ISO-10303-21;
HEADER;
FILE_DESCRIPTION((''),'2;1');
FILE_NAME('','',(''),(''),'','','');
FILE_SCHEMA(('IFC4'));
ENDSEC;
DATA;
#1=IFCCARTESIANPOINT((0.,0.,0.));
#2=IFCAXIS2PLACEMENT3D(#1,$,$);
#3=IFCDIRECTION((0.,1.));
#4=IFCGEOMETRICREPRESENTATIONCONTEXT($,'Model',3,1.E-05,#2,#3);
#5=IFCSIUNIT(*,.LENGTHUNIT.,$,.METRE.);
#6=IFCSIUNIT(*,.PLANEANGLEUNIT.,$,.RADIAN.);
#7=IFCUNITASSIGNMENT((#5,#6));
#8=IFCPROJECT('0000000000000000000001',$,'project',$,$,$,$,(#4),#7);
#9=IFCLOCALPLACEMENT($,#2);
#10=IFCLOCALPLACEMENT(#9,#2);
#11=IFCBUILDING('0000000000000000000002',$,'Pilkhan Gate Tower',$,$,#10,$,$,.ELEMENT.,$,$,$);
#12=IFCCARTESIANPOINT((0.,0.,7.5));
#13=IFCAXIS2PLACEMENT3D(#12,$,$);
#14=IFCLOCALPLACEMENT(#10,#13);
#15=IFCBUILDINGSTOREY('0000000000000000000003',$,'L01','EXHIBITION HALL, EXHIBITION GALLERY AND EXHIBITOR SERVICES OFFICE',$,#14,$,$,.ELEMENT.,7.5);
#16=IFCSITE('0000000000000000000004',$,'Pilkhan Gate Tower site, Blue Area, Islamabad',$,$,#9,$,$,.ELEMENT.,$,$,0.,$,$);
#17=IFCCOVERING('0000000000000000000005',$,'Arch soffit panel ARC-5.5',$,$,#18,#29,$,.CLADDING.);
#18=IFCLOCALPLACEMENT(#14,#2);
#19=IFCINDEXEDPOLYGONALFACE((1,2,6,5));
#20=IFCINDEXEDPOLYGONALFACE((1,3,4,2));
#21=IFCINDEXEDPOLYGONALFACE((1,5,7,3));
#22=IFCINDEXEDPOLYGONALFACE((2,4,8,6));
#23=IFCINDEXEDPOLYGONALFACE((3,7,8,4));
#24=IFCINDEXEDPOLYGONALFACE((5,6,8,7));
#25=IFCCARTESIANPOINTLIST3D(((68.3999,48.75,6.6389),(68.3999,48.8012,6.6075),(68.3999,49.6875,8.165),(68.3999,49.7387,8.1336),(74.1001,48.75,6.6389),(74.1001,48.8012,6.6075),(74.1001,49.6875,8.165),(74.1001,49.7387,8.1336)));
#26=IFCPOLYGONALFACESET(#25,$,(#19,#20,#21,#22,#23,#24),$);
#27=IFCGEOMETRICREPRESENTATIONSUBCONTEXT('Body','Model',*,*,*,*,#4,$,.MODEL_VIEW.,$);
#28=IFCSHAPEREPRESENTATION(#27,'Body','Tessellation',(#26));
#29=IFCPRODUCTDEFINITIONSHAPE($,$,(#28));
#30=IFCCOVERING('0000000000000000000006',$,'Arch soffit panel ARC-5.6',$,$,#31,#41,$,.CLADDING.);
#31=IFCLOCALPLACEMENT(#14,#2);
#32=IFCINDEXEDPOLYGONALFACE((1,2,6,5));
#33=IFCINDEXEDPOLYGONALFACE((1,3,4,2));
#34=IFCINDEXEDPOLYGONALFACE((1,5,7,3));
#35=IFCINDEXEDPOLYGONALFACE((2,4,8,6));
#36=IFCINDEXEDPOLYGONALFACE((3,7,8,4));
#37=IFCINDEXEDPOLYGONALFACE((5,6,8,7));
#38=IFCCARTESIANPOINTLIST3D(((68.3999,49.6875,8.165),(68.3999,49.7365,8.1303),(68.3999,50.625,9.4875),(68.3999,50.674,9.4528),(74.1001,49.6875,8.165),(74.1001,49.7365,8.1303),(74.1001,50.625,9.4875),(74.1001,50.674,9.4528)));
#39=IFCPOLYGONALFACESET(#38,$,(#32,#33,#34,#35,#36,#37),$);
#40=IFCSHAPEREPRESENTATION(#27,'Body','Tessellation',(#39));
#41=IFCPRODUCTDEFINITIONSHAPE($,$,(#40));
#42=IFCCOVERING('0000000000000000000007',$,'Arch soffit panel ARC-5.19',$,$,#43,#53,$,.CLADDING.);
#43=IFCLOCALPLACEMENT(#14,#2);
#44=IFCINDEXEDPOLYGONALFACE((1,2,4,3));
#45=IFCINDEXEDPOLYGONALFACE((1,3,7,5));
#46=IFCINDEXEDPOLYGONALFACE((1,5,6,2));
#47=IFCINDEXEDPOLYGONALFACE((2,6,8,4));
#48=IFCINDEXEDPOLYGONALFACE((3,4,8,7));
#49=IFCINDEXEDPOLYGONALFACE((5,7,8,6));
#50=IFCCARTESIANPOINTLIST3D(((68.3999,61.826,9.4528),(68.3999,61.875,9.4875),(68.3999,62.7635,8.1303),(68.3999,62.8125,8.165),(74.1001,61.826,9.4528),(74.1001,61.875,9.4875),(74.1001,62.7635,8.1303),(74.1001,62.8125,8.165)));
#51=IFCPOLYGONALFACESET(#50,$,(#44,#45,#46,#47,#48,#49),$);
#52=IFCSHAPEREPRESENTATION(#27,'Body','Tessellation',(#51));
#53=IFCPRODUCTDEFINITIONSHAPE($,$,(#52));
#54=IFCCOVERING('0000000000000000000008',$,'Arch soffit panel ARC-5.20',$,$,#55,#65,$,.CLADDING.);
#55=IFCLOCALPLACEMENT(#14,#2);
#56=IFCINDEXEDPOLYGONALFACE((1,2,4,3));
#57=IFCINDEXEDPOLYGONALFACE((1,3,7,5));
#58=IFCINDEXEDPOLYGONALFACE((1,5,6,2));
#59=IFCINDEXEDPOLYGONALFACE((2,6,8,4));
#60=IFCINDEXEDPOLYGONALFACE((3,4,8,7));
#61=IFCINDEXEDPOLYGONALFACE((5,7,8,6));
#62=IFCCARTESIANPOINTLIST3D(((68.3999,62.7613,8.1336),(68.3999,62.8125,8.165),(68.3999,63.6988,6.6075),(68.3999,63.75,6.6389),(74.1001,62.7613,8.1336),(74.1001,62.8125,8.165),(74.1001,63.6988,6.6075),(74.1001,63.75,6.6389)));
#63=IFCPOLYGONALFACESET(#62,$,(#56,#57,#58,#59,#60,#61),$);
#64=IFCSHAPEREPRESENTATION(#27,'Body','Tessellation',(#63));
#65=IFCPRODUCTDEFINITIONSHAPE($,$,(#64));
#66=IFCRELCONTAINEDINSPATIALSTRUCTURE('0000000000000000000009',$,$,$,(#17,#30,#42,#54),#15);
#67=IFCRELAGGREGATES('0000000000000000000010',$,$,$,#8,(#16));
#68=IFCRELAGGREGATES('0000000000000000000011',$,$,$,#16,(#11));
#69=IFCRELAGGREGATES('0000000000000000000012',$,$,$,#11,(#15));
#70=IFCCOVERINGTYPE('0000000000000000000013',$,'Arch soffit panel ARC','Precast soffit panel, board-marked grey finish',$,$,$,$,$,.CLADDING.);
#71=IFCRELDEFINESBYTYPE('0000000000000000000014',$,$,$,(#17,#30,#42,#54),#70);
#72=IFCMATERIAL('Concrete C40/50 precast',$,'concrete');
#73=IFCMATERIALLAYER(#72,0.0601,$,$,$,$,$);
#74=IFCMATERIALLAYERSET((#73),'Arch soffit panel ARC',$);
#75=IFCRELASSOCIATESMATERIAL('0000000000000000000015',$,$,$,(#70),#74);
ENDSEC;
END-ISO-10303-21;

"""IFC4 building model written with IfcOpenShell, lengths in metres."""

from ifc_helpers import new_model, si_unit, direction, frame, origin, place, context, subcontext, project, spatial, polyline, outline, extrude, material, layer, layer_set, type_object, element, save


model = new_model("IFC4")

# Units and contexts
model_context = context("Model", 3, precision=1e-05, world=origin(), true_north=direction((0.0, 1.0)))
body_context = subcontext(model_context, "Body", "Model", "MODEL_VIEW")
ifc_project = project(units=[si_unit("LENGTHUNIT", "METRE"), si_unit("PLANEANGLEUNIT", "RADIAN")], contexts=[model_context])

# Site, building, storey
site_placement = place(None, origin())
site = spatial("IfcSite", under=ifc_project, at=site_placement, Name="Pilkhan Gate Tower site, Blue Area, Islamabad", CompositionType="ELEMENT", RefElevation=0.0)
building_placement = place(site_placement, origin())
building = spatial("IfcBuilding", under=site, at=building_placement, Name="Pilkhan Gate Tower", CompositionType="ELEMENT")
storey_placement = place(building_placement, frame((0.0, 0.0, 7.5)))
storey = spatial("IfcBuildingStorey", under=building, at=storey_placement, Name="L01", Description="EXHIBITION HALL, EXHIBITION GALLERY AND EXHIBITOR SERVICES OFFICE", CompositionType="ELEMENT", Elevation=7.5)

# Coverings
ifc_material_1 = material(Name="Concrete C40/50 precast", Category="concrete")
ifc_layer_1 = layer(ifc_material_1, 0.0601)
ifc_layer_set_1 = layer_set([ifc_layer_1], Name="Arch soffit panel ARC")
covering_type = type_object("IfcCoveringType", Name="Arch soffit panel ARC", Description="Precast soffit panel, board-marked grey finish", PredefinedType="CLADDING", material=ifc_layer_set_1)
covering_1_placement = place(storey_placement, frame((68.3999, 48.75, 6.6389), z_axis=(0.0, -0.85207, 0.523428), x_axis=(1.0, 0.0, 0.0)))
element("IfcCovering", 1, at=covering_1_placement, inside=storey, type_object=covering_type, Name="Arch soffit panel ARC-5.5", PredefinedType="CLADDING", context=body_context, shape_type="SweptSolid", body=[
    extrude(outline(polyline([(0.0, 0.0), (5.7002, 0.0), (5.7002, 1.7911), (0.0, 1.7911), (0.0, 0.0)])), origin(), (0.0, 0.0, -1.0), 0.0601),
])
for number, where, z_axis, x_axis, name in (
    (2, (68.3999, 49.6875, 8.165), (0.0, -0.815814, 0.578314), (1.0, 0.0, 0.0), "Arch soffit panel ARC-5.6"),
    (3, (68.3999, 61.875, 9.4875), (0.0, 0.815814, 0.578314), (1.0, 0.0, 0.0), "Arch soffit panel ARC-5.19"),
):
    element("IfcCovering", number, at=place(storey_placement, frame(where, z_axis=z_axis, x_axis=x_axis)), inside=storey, type_object=covering_type, Name=name, PredefinedType="CLADDING", context=body_context, shape_type="SweptSolid", body=[
        extrude(outline(polyline([(0.0, 0.0), (5.7002, 0.0), (5.7002, 1.6211), (0.0, 1.6211), (0.0, 0.0)])), origin(), (0.0, 0.0, -1.0), 0.0601),
    ])
covering_2_placement = place(storey_placement, frame((68.3999, 62.8125, 8.165), z_axis=(0.0, 0.85207, 0.523428), x_axis=(1.0, 0.0, 0.0)))
element("IfcCovering", 4, at=covering_2_placement, inside=storey, type_object=covering_type, Name="Arch soffit panel ARC-5.20", PredefinedType="CLADDING", context=body_context, shape_type="SweptSolid", body=[
    extrude(outline(polyline([(0.0, 0.0), (5.7002, 0.0), (5.7002, 1.7911), (0.0, 1.7911), (0.0, 0.0)])), origin(), (0.0, 0.0, -1.0), 0.0601),
])

save(model, "model.ifc")
